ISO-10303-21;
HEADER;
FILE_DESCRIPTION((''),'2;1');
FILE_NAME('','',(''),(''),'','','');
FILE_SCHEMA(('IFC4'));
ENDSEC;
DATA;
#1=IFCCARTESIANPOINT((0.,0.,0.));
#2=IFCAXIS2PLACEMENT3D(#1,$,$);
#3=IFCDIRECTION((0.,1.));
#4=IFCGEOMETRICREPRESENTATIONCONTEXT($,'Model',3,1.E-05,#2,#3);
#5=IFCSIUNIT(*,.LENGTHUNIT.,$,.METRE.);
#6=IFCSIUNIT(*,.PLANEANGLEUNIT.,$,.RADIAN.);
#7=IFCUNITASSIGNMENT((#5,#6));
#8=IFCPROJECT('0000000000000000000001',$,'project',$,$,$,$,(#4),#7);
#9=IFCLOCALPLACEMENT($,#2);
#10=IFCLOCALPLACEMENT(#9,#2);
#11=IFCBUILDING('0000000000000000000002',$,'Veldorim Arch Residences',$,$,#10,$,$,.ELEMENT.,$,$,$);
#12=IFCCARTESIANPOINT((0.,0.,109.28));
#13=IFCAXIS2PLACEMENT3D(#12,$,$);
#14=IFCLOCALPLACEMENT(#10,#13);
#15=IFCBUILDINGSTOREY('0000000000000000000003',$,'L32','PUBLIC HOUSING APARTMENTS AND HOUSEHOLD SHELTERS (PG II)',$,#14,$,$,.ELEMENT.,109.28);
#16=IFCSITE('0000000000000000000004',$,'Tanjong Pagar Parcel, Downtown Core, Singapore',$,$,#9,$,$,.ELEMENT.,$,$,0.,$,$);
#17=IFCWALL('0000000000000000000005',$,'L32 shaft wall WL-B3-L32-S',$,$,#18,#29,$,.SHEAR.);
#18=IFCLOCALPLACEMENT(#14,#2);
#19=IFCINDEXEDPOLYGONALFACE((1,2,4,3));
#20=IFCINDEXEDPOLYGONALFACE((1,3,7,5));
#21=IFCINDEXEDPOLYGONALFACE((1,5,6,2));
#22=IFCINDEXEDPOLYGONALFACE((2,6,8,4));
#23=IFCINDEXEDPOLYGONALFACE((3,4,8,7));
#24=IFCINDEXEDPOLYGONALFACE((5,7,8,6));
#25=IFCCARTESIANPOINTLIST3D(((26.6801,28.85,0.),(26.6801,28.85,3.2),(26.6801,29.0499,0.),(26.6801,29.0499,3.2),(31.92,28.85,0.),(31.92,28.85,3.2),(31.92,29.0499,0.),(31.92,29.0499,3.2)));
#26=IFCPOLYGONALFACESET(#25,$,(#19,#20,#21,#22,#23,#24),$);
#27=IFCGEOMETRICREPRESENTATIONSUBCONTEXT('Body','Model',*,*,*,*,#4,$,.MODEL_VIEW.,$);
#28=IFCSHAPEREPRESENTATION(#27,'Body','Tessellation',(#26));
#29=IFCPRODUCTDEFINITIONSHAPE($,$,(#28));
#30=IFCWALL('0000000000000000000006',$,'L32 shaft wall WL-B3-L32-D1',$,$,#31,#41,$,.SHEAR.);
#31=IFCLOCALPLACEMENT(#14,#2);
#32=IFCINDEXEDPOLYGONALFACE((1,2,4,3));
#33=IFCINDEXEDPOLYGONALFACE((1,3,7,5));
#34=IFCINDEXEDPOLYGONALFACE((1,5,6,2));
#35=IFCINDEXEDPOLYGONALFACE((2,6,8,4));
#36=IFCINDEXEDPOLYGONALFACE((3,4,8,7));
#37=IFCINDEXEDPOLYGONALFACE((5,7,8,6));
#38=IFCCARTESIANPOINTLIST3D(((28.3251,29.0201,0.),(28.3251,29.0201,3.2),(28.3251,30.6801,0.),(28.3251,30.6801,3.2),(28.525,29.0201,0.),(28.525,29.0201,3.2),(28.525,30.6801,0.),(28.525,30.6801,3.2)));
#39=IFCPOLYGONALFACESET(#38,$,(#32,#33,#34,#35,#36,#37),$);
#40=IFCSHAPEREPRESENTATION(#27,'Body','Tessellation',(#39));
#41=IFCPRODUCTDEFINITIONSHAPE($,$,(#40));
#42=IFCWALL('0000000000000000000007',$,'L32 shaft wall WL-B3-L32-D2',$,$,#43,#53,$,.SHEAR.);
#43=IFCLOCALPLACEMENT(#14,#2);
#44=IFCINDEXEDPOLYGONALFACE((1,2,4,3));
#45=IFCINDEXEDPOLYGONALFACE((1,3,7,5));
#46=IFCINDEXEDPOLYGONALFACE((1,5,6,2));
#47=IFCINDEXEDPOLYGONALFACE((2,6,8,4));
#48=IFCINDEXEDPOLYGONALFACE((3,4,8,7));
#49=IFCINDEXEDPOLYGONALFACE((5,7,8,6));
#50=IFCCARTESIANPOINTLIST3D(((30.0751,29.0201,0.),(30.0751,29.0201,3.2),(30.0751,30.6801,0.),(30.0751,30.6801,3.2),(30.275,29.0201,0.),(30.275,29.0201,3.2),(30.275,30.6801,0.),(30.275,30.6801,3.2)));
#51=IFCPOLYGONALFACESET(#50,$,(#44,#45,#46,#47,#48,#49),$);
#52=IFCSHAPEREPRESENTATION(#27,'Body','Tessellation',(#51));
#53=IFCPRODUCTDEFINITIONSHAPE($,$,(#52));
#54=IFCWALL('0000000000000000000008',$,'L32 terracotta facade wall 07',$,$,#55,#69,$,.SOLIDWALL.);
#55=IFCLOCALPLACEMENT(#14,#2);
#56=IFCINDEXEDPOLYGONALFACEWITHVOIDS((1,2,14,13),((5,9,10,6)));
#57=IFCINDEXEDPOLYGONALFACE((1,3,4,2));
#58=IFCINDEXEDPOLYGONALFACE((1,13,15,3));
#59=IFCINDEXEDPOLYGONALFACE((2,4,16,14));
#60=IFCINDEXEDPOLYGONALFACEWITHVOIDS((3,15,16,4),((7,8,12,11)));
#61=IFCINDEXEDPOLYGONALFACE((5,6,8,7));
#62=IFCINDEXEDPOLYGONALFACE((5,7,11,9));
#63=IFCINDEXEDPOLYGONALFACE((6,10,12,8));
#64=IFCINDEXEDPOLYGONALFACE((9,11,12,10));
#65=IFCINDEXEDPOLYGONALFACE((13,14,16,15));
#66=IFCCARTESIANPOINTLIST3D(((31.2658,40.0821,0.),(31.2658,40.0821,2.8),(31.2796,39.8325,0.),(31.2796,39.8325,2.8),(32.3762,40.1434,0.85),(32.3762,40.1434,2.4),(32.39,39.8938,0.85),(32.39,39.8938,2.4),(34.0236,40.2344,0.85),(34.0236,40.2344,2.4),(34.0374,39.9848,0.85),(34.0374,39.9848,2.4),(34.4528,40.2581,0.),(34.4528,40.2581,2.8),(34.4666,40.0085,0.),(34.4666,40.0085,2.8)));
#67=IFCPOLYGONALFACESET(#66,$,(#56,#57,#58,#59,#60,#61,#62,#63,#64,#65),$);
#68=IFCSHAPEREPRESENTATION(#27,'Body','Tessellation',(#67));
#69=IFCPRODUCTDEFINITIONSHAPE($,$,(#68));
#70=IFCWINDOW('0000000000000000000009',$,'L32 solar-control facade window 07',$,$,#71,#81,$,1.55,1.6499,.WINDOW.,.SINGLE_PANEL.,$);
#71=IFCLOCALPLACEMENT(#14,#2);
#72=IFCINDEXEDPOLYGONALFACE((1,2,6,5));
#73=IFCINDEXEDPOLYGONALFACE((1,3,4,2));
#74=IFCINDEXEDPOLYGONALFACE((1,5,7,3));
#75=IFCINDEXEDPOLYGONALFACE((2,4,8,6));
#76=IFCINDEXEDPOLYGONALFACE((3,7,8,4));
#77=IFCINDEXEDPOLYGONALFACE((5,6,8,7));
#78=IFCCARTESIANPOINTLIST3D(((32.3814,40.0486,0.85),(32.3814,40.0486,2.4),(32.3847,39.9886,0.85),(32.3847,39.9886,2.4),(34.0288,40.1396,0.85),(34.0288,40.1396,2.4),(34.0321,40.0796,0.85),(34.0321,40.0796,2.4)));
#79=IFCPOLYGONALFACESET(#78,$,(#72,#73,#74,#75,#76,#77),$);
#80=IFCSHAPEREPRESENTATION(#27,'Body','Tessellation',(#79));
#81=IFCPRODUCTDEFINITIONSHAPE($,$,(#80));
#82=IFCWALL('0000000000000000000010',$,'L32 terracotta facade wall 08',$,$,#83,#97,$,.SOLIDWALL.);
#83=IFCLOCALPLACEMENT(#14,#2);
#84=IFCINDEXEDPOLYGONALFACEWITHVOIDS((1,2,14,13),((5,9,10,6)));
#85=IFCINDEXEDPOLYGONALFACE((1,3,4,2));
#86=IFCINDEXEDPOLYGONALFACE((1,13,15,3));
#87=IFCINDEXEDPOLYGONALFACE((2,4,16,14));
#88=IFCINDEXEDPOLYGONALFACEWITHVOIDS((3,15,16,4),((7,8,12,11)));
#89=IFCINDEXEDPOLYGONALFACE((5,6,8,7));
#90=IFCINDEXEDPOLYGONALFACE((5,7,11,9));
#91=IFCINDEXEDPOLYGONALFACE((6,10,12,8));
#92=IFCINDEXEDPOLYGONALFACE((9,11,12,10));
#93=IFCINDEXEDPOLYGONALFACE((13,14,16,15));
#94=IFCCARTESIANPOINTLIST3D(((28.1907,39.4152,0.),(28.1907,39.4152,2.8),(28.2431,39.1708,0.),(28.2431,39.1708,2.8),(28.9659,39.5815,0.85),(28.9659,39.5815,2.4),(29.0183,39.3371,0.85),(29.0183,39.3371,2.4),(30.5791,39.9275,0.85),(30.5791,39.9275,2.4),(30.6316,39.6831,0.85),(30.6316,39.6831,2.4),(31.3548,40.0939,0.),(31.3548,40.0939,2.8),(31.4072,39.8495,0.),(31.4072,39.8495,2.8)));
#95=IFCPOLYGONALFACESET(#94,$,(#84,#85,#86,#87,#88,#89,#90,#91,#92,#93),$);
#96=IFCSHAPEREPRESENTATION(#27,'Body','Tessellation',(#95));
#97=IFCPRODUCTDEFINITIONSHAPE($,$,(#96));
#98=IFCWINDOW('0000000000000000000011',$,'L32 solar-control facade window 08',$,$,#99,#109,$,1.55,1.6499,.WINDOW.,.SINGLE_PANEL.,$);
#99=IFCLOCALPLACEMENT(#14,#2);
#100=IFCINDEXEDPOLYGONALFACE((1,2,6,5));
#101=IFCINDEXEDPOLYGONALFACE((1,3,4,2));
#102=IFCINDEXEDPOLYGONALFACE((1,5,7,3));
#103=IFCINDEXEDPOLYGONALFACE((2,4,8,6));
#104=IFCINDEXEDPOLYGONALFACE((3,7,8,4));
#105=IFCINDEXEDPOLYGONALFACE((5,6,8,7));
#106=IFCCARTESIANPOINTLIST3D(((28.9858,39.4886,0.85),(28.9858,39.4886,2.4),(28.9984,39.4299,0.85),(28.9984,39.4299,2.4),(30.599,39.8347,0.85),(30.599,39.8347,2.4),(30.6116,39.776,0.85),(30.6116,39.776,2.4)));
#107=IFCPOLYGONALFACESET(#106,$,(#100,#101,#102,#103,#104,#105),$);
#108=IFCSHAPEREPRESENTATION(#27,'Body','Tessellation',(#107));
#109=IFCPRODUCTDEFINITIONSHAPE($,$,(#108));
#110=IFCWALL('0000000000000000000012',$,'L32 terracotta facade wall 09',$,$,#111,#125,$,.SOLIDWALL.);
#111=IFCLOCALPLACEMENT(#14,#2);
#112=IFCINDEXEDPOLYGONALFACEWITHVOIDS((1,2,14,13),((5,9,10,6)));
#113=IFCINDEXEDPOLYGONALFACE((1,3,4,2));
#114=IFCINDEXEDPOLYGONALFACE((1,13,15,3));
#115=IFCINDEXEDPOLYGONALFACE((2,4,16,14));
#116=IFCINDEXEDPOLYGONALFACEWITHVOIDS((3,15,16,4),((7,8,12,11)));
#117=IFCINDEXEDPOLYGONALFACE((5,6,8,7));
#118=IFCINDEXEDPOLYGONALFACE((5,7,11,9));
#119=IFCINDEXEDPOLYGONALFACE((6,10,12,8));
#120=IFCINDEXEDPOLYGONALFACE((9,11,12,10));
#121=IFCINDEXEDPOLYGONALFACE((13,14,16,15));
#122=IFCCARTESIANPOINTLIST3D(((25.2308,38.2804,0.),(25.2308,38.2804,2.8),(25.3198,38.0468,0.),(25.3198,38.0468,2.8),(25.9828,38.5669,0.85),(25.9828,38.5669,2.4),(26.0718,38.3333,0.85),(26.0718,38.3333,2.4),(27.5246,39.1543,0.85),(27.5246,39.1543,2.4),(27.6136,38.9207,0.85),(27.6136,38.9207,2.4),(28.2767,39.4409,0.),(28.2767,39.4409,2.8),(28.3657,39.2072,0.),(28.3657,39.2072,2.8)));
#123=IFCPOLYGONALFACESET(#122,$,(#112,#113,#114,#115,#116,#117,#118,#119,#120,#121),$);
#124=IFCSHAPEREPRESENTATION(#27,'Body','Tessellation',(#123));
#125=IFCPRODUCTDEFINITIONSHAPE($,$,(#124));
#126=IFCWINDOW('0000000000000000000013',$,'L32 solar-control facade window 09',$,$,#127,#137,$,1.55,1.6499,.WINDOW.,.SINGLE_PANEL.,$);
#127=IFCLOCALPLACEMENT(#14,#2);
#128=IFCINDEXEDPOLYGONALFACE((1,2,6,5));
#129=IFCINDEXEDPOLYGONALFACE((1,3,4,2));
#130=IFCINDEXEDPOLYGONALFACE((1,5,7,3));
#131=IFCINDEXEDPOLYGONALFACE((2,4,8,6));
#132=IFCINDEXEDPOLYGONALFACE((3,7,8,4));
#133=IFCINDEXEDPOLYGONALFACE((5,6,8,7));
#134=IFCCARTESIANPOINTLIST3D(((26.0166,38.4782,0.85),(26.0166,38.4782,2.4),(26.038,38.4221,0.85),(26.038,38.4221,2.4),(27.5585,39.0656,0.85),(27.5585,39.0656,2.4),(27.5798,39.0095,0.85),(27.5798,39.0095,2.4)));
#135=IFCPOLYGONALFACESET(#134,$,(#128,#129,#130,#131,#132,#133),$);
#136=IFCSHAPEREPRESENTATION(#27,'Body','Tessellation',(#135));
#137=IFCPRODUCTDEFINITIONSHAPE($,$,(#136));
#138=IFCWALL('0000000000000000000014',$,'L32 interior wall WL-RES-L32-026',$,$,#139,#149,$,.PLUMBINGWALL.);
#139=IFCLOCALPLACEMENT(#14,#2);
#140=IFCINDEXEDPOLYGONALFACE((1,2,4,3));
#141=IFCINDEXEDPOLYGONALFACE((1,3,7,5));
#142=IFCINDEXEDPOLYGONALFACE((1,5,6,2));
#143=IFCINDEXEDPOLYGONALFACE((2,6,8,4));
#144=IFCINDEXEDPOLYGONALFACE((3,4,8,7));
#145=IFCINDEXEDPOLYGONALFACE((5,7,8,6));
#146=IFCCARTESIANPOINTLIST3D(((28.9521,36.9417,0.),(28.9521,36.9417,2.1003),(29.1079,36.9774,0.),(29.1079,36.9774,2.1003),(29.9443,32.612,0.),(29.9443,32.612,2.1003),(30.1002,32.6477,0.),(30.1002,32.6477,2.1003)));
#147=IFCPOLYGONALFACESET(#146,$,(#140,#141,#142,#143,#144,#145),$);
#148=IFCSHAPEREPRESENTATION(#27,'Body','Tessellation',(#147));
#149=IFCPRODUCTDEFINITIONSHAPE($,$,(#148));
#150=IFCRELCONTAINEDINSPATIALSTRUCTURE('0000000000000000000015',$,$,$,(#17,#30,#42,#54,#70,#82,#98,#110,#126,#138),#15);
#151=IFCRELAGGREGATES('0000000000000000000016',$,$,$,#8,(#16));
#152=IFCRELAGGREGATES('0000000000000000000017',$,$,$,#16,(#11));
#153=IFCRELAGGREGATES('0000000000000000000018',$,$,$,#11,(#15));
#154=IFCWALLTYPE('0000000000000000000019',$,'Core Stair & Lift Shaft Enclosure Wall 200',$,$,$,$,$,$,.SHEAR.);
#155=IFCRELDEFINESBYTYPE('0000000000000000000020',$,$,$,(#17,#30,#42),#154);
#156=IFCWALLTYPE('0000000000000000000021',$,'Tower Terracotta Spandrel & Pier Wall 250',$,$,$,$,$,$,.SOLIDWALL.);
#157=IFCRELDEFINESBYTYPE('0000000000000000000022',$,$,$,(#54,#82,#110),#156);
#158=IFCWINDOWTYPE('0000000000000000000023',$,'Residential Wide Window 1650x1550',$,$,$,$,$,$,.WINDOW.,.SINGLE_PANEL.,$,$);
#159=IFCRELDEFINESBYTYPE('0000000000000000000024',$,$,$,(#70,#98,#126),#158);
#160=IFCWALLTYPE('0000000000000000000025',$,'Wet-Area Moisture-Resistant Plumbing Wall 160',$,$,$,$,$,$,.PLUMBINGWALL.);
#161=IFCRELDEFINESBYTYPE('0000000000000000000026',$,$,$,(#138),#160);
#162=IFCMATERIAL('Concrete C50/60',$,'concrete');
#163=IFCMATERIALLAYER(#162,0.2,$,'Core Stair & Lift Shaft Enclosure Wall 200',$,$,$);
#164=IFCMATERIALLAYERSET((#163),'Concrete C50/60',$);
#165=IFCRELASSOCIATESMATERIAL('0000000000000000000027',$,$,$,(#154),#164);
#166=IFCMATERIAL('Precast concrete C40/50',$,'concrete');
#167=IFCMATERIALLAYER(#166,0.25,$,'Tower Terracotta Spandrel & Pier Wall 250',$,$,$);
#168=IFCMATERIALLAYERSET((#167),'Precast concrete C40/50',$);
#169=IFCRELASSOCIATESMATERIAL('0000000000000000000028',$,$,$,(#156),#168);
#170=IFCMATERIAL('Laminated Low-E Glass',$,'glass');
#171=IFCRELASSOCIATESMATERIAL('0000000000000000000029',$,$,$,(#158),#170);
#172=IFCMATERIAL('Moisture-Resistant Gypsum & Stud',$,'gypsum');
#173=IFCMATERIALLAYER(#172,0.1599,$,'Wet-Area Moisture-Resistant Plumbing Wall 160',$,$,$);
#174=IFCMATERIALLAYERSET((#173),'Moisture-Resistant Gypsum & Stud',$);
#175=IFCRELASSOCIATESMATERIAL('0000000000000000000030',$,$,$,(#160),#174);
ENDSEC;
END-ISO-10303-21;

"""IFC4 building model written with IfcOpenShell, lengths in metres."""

from ifc_helpers import new_model, si_unit, direction, frame, frame_2d, origin, place, context, subcontext, project, spatial, rectangle, extrude, material, layer, layer_set, type_object, element, fill, save


model = new_model("IFC4")

# Units and contexts
model_context = context("Model", 3, precision=1e-05, world=origin(), true_north=direction((0.0, 1.0)))
body_context = subcontext(model_context, "Body", "Model", "MODEL_VIEW")
ifc_project = project(units=[si_unit("LENGTHUNIT", "METRE"), si_unit("PLANEANGLEUNIT", "RADIAN")], contexts=[model_context])

# Site, building, storey
site_placement = place(None, origin())
site = spatial("IfcSite", under=ifc_project, at=site_placement, Name="Tanjong Pagar Parcel, Downtown Core, Singapore", CompositionType="ELEMENT", RefElevation=0.0)
building_placement = place(site_placement, origin())
building = spatial("IfcBuilding", under=site, at=building_placement, Name="Veldorim Arch Residences", CompositionType="ELEMENT")
storey_placement = place(building_placement, frame((0.0, 0.0, 109.28)))
storey = spatial("IfcBuildingStorey", under=building, at=storey_placement, Name="L32", Description="PUBLIC HOUSING APARTMENTS AND HOUSEHOLD SHELTERS (PG II)", CompositionType="ELEMENT", Elevation=109.28)

# Walls
ifc_material_1 = material(Name="Concrete C50/60", Category="concrete")
ifc_layer_1 = layer(ifc_material_1, 0.2, Name="Core Stair & Lift Shaft Enclosure Wall 200")
ifc_layer_set_1 = layer_set([ifc_layer_1], Name="Concrete C50/60")
wall_type_1 = type_object("IfcWallType", Name="Core Stair & Lift Shaft Enclosure Wall 200", PredefinedType="SHEAR", material=ifc_layer_set_1)
wall_1_placement = place(storey_placement, frame((26.6799, 28.95, 0.0), z_axis=(0.0, 0.0, 1.0), x_axis=(1.0, 0.0, 0.0)))
element("IfcWall", 1, at=wall_1_placement, inside=storey, type_object=wall_type_1, Name="L32 shaft wall WL-B3-L32-S", PredefinedType="SHEAR", context=body_context, shape_type="SweptSolid", body=[
    extrude(rectangle(XDim=5.24, YDim=0.2, at=frame_2d((2.6201, 0.0))), origin(), (0.0, 0.0, 1.0), 3.2),
])
for number, where, z_axis, x_axis, name in (
    (2, (28.425, 29.02, 0.0), (0.0, 0.0, 1.0), (0.0, 1.0, 0.0), "L32 shaft wall WL-B3-L32-D1"),
    (3, (30.175, 29.02, 0.0), (0.0, 0.0, 1.0), (0.0, 1.0, 0.0), "L32 shaft wall WL-B3-L32-D2"),
):
    element("IfcWall", number, at=place(storey_placement, frame(where, z_axis=z_axis, x_axis=x_axis)), inside=storey, type_object=wall_type_1, Name=name, PredefinedType="SHEAR", context=body_context, shape_type="SweptSolid", body=[
        extrude(rectangle(XDim=1.6599, YDim=0.2, at=frame_2d((0.8301, 0.0))), origin(), (0.0, 0.0, 1.0), 3.2),
    ])

# Walls, openings, windows
ifc_material_2 = material(Name="Precast concrete C40/50", Category="concrete")
ifc_layer_2 = layer(ifc_material_2, 0.25, Name="Tower Terracotta Spandrel & Pier Wall 250")
ifc_layer_set_2 = layer_set([ifc_layer_2], Name="Precast concrete C40/50")
wall_type_2 = type_object("IfcWallType", Name="Tower Terracotta Spandrel & Pier Wall 250", PredefinedType="SOLIDWALL", material=ifc_layer_set_2)
wall_2_placement = place(storey_placement, frame((31.2727, 39.9573, 0.0), z_axis=(0.0, 0.0, 1.0), x_axis=(0.998478, 0.055148, 0.0)))
wall_2 = element("IfcWall", 4, at=wall_2_placement, inside=storey, type_object=wall_type_2, Name="L32 terracotta facade wall 07", PredefinedType="SOLIDWALL", context=body_context, shape_type="SweptSolid", body=[
    extrude(rectangle(XDim=3.1919, YDim=0.25, at=frame_2d((1.5959, 0.0))), origin(), (0.0, 0.0, 1.0), 2.8),
])
opening_1_placement = place(wall_2_placement, frame((1.1121, 0.0, 0.8501)))
opening_1 = element("IfcOpeningElement", 5, at=opening_1_placement, cuts=wall_2, PredefinedType="OPENING", context=body_context, shape_type="SweptSolid", body=[
    extrude(rectangle(XDim=1.6499, YDim=1.55, at=frame_2d((0.825, 0.7749))), frame((0.0, 0.135, 0.0), z_axis=(0.0, -1.0, 0.0), x_axis=(1.0, 0.0, 0.0)), (0.0, 0.0, 1.0), 0.27),
])
ifc_material_3 = material(Name="Laminated Low-E Glass", Category="glass")
window_type = type_object("IfcWindowType", Name="Residential Wide Window 1650x1550", PartitioningType="SINGLE_PANEL", PredefinedType="WINDOW", material=ifc_material_3)
window_1_placement = place(opening_1_placement, origin())
window_1 = element("IfcWindow", 6, at=window_1_placement, inside=storey, type_object=window_type, Name="L32 solar-control facade window 07", OverallHeight=1.55, OverallWidth=1.6499, PartitioningType="SINGLE_PANEL", PredefinedType="WINDOW", context=body_context, shape_type="SweptSolid", body=[
    extrude(rectangle(XDim=1.6499, YDim=1.55, at=frame_2d((0.825, 0.7749))), frame((0.0, 0.03, 0.0), z_axis=(0.0, -1.0, 0.0), x_axis=(1.0, 0.0, 0.0)), (0.0, 0.0, 1.0), 0.0601),
])
fill(opening_1, window_1)
wall_3_placement = place(storey_placement, frame((28.2168, 39.293, 0.0), z_axis=(0.0, 0.0, 1.0), x_axis=(0.977758, 0.209735, 0.0)))
wall_3 = element("IfcWall", 7, at=wall_3_placement, inside=storey, type_object=wall_type_2, Name="L32 terracotta facade wall 08", PredefinedType="SOLIDWALL", context=body_context, shape_type="SweptSolid", body=[
    extrude(rectangle(XDim=3.2361, YDim=0.25, at=frame_2d((1.6182, 0.0))), origin(), (0.0, 0.0, 1.0), 2.8),
])
opening_2_placement = place(wall_3_placement, frame((0.793, 0.0, 0.8501)))
opening_2 = element("IfcOpeningElement", 8, at=opening_2_placement, cuts=wall_3, PredefinedType="OPENING", context=body_context, shape_type="SweptSolid", body=[
    extrude(rectangle(XDim=1.6499, YDim=1.55, at=frame_2d((0.825, 0.7749))), frame((0.0, 0.135, 0.0), z_axis=(0.0, -1.0, 0.0), x_axis=(1.0, 0.0, 0.0)), (0.0, 0.0, 1.0), 0.27),
])
window_2_placement = place(opening_2_placement, origin())
window_2 = element("IfcWindow", 9, at=window_2_placement, inside=storey, type_object=window_type, Name="L32 solar-control facade window 08", OverallHeight=1.55, OverallWidth=1.6499, PartitioningType="SINGLE_PANEL", PredefinedType="WINDOW", context=body_context, shape_type="SweptSolid", body=[
    extrude(rectangle(XDim=1.6499, YDim=1.55, at=frame_2d((0.825, 0.7749))), frame((0.0, 0.03, 0.0), z_axis=(0.0, -1.0, 0.0), x_axis=(1.0, 0.0, 0.0)), (0.0, 0.0, 1.0), 0.0601),
])
fill(opening_2, window_2)
wall_4_placement = place(storey_placement, frame((25.2751, 38.1636, 0.0), z_axis=(0.0, 0.0, 1.0), x_axis=(0.934482, 0.356011, 0.0)))
wall_4 = element("IfcWall", 10, at=wall_4_placement, inside=storey, type_object=wall_type_2, Name="L32 terracotta facade wall 09", PredefinedType="SOLIDWALL", context=body_context, shape_type="SweptSolid", body=[
    extrude(rectangle(XDim=3.2595, YDim=0.25, at=frame_2d((1.6299, 0.0))), origin(), (0.0, 0.0, 1.0), 2.8),
])
opening_3_placement = place(wall_4_placement, frame((0.8049, 0.0, 0.8501)))
opening_3 = element("IfcOpeningElement", 11, at=opening_3_placement, cuts=wall_4, PredefinedType="OPENING", context=body_context, shape_type="SweptSolid", body=[
    extrude(rectangle(XDim=1.6499, YDim=1.55, at=frame_2d((0.825, 0.7749))), frame((0.0, 0.135, 0.0), z_axis=(0.0, -1.0, 0.0), x_axis=(1.0, 0.0, 0.0)), (0.0, 0.0, 1.0), 0.27),
])
window_3_placement = place(opening_3_placement, origin())
window_3 = element("IfcWindow", 12, at=window_3_placement, inside=storey, type_object=window_type, Name="L32 solar-control facade window 09", OverallHeight=1.55, OverallWidth=1.6499, PartitioningType="SINGLE_PANEL", PredefinedType="WINDOW", context=body_context, shape_type="SweptSolid", body=[
    extrude(rectangle(XDim=1.6499, YDim=1.55, at=frame_2d((0.825, 0.7749))), frame((0.0, 0.03, 0.0), z_axis=(0.0, -1.0, 0.0), x_axis=(1.0, 0.0, 0.0)), (0.0, 0.0, 1.0), 0.0601),
])
fill(opening_3, window_3)

# Wall
ifc_material_4 = material(Name="Moisture-Resistant Gypsum & Stud", Category="gypsum")
ifc_layer_3 = layer(ifc_material_4, 0.1599, Name="Wet-Area Moisture-Resistant Plumbing Wall 160")
ifc_layer_set_3 = layer_set([ifc_layer_3], Name="Moisture-Resistant Gypsum & Stud")
wall_type_3 = type_object("IfcWallType", Name="Wet-Area Moisture-Resistant Plumbing Wall 160", PredefinedType="PLUMBINGWALL", material=ifc_layer_set_3)
wall_5_placement = place(storey_placement, frame((30.0222, 32.6299, 0.0), z_axis=(0.0, 0.0, 1.0), x_axis=(-0.223374, 0.974733, 0.0)))
element("IfcWall", 13, at=wall_5_placement, inside=storey, type_object=wall_type_3, Name="L32 interior wall WL-RES-L32-026", PredefinedType="PLUMBINGWALL", context=body_context, shape_type="SweptSolid", body=[
    extrude(rectangle(XDim=4.4419, YDim=0.1599, at=frame_2d((2.2209, 0.0))), origin(), (0.0, 0.0, 1.0), 2.1003),
])

save(model, "model.ifc")
